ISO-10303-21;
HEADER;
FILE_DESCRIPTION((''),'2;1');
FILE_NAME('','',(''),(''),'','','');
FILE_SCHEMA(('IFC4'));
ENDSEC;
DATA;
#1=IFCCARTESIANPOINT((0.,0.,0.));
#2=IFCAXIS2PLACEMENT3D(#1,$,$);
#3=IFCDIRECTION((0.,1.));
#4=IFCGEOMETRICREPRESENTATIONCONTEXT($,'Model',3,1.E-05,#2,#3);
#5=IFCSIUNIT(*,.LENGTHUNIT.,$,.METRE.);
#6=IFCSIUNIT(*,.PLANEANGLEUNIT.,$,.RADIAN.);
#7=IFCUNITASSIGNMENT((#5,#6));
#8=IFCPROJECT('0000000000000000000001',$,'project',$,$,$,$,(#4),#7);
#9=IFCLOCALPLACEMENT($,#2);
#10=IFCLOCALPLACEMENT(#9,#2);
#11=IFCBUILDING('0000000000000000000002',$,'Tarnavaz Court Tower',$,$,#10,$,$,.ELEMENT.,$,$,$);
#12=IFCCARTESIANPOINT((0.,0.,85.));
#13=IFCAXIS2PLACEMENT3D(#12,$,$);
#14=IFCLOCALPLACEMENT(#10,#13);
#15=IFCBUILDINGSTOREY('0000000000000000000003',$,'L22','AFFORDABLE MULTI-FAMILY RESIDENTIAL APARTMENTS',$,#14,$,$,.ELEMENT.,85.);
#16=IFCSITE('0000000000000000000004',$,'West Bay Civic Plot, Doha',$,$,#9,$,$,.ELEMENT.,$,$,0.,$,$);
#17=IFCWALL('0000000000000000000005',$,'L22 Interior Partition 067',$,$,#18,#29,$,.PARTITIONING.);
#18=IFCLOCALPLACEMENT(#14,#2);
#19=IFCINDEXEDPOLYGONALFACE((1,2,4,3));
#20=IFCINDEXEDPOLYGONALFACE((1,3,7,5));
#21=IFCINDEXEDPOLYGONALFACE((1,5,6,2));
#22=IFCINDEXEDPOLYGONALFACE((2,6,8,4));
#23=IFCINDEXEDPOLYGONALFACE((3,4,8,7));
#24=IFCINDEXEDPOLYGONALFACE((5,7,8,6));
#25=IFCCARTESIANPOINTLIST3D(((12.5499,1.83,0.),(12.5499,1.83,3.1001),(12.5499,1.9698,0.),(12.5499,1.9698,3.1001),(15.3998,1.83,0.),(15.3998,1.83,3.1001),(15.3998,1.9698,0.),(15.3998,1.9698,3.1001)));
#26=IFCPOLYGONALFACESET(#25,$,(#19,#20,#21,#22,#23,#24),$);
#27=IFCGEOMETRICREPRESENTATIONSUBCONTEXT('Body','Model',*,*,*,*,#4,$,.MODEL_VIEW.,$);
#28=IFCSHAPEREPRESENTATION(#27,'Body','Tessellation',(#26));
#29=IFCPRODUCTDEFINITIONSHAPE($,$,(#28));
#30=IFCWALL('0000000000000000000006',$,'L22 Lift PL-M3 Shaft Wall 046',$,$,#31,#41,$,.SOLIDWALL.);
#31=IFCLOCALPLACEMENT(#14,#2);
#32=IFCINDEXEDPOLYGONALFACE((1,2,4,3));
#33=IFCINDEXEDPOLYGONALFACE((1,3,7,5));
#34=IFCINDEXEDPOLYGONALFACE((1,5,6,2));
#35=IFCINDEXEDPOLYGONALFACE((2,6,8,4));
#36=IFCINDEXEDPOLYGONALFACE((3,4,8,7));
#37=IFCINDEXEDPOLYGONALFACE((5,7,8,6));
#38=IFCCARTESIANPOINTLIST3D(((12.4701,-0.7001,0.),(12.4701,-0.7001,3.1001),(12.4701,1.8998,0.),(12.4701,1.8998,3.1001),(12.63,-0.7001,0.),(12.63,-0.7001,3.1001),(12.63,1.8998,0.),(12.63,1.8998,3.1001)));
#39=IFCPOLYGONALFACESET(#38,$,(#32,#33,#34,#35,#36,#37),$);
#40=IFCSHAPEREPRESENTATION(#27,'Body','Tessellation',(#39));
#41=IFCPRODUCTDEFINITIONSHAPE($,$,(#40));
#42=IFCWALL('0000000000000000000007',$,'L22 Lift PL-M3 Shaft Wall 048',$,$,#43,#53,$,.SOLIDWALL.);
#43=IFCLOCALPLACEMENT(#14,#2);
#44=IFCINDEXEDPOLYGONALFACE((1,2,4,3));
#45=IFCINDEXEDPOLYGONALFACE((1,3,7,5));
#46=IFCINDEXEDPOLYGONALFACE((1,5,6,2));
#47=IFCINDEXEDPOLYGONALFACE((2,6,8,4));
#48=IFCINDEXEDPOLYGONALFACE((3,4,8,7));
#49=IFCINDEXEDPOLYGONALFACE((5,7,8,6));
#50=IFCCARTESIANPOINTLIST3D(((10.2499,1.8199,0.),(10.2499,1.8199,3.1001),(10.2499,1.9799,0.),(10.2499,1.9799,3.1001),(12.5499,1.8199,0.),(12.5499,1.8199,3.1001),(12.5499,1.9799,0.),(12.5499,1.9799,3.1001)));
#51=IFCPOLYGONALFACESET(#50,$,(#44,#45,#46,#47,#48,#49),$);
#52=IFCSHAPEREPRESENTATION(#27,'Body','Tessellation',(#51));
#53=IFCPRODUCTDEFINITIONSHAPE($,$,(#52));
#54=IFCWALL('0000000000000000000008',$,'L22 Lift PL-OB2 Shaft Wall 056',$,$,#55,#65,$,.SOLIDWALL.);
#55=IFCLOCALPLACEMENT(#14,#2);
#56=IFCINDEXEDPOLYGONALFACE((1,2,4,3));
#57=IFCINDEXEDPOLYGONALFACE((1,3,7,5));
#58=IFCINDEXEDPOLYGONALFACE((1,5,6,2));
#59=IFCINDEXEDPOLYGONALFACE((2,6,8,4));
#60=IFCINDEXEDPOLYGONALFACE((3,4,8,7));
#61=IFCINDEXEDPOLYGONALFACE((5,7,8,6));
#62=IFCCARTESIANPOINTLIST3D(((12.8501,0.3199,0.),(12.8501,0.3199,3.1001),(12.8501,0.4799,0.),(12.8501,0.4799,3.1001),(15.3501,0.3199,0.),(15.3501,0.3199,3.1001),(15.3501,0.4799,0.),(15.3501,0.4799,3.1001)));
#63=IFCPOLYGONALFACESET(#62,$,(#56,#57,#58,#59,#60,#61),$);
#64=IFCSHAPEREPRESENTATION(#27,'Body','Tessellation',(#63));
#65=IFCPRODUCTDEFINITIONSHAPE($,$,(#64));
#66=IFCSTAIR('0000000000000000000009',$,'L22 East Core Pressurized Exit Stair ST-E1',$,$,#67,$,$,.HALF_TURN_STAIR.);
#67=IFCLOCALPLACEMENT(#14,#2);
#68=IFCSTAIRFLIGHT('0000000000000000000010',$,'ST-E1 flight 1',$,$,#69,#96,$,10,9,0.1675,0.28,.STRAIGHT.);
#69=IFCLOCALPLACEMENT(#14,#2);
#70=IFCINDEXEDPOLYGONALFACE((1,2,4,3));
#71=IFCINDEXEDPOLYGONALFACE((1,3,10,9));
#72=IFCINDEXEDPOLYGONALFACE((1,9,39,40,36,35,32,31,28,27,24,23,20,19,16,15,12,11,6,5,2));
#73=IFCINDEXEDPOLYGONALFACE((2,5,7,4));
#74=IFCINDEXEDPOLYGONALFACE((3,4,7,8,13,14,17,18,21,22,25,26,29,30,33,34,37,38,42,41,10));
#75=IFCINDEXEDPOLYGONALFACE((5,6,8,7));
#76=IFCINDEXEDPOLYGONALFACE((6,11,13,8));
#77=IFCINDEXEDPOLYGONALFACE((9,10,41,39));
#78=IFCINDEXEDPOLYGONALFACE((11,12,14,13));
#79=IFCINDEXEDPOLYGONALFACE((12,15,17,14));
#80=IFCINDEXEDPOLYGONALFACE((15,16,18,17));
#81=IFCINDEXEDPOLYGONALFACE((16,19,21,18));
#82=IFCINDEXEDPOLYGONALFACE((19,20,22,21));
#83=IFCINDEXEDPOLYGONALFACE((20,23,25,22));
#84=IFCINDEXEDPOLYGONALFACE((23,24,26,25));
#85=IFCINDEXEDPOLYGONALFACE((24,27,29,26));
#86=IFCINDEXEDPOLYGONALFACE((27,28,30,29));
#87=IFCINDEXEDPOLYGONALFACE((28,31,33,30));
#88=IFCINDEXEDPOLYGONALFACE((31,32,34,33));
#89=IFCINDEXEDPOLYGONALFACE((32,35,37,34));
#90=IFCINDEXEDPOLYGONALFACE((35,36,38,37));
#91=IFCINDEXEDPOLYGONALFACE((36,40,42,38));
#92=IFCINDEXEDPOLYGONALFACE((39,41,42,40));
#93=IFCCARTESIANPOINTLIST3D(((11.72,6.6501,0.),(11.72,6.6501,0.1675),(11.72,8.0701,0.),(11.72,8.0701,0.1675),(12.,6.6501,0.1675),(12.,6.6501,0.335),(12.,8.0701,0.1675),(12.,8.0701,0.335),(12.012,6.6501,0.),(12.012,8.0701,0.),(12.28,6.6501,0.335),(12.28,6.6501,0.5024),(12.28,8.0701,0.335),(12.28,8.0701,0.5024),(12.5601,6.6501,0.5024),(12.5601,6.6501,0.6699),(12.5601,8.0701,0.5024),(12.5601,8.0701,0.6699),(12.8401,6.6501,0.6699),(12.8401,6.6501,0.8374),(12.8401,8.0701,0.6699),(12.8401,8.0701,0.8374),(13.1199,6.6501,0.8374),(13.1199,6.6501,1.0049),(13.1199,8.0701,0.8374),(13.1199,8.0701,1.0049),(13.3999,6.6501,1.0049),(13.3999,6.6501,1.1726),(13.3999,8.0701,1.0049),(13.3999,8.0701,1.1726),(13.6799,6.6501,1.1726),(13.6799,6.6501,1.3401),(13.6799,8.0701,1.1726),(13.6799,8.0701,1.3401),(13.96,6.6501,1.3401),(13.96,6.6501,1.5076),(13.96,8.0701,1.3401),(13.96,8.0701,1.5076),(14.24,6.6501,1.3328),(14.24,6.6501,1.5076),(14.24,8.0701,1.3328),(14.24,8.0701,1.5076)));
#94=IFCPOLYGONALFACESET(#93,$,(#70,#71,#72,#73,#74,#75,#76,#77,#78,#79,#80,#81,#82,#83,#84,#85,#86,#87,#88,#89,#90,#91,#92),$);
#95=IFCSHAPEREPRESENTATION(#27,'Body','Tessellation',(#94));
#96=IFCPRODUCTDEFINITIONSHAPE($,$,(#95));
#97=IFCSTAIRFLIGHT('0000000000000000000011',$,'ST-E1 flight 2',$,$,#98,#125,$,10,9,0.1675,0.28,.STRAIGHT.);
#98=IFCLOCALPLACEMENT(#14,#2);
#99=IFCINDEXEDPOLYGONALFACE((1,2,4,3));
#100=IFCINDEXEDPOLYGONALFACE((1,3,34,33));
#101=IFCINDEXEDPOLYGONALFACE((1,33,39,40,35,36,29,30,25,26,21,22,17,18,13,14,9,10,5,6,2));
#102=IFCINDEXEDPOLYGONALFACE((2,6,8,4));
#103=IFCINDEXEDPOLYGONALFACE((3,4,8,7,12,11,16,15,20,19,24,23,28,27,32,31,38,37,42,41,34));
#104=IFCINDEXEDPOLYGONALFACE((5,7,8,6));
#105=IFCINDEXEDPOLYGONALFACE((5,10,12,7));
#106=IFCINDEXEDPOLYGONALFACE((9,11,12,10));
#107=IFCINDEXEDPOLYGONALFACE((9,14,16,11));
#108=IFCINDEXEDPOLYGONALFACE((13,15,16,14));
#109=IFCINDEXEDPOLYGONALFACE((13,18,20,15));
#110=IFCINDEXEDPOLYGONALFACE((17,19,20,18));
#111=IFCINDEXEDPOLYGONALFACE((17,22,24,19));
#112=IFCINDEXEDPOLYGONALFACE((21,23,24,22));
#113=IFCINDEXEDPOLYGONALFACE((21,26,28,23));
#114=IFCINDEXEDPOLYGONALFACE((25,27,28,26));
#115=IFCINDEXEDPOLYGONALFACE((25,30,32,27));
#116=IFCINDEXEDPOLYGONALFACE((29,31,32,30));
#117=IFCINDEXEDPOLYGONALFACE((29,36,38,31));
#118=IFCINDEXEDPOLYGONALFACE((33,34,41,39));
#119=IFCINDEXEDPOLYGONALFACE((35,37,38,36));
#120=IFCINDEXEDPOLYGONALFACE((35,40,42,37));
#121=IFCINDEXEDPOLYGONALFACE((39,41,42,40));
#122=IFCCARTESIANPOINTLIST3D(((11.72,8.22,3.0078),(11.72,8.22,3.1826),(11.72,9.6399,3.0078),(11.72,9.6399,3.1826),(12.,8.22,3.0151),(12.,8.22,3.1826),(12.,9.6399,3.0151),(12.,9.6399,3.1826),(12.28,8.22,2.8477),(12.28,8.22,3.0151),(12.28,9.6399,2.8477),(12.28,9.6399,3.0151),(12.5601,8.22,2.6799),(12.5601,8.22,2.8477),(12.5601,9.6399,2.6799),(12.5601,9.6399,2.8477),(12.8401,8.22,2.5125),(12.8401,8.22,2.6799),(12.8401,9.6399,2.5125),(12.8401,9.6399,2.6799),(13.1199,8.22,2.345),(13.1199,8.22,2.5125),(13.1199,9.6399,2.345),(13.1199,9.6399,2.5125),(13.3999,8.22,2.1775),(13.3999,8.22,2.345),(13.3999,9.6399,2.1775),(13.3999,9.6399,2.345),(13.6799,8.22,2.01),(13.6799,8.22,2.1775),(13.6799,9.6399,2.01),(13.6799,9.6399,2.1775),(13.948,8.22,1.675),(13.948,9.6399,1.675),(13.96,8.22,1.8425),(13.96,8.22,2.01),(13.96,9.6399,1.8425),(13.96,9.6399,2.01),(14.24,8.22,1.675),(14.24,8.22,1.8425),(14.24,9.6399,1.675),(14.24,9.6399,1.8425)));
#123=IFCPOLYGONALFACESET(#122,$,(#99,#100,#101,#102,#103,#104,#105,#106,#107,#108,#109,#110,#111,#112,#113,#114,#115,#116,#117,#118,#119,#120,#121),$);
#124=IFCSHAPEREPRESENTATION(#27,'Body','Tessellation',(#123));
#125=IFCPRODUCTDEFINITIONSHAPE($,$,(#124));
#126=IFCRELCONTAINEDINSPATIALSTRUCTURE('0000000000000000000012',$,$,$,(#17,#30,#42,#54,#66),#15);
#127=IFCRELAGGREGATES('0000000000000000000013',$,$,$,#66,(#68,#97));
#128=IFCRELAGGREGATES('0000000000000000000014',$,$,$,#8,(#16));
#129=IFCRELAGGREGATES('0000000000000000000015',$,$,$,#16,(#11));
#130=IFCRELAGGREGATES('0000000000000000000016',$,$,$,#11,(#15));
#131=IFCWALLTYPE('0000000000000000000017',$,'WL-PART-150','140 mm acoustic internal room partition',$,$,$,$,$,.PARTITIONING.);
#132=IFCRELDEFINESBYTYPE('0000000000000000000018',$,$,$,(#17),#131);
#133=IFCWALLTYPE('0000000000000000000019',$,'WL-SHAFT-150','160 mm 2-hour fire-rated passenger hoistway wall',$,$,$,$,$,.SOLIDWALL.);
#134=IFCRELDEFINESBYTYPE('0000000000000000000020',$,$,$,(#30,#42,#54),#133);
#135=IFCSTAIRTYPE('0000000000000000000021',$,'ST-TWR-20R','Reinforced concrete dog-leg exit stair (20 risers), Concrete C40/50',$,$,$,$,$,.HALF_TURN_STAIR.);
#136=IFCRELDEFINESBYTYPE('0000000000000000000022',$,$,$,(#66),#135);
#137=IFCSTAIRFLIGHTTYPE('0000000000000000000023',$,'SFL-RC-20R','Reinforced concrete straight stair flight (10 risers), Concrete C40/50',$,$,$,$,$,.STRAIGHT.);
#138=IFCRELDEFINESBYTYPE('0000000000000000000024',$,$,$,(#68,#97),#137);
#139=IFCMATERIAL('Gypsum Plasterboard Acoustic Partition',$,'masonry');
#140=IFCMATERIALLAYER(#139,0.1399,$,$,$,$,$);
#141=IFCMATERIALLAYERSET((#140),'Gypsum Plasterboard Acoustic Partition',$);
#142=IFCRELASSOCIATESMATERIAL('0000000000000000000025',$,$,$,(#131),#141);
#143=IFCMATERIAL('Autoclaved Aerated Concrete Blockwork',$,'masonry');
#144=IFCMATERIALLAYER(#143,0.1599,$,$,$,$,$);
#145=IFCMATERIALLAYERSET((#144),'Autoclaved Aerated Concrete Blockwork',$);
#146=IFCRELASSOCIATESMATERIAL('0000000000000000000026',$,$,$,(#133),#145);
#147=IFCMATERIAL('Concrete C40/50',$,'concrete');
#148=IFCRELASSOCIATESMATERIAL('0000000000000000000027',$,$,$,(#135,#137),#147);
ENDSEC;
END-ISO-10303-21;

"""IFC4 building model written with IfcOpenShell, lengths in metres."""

from ifc_helpers import new_model, si_unit, direction, frame, frame_2d, origin, place, context, subcontext, project, spatial, polyline, rectangle, outline, extrude, material, layer, layer_set, type_object, element, aggregate, save


model = new_model("IFC4")

# Units and contexts
model_context = context("Model", 3, precision=1e-05, world=origin(), true_north=direction((0.0, 1.0)))
body_context = subcontext(model_context, "Body", "Model", "MODEL_VIEW")
ifc_project = project(units=[si_unit("LENGTHUNIT", "METRE"), si_unit("PLANEANGLEUNIT", "RADIAN")], contexts=[model_context])

# Site, building, storey
site_placement = place(None, origin())
site = spatial("IfcSite", under=ifc_project, at=site_placement, Name="West Bay Civic Plot, Doha", CompositionType="ELEMENT", RefElevation=0.0)
building_placement = place(site_placement, origin())
building = spatial("IfcBuilding", under=site, at=building_placement, Name="Tarnavaz Court Tower", CompositionType="ELEMENT")
storey_placement = place(building_placement, frame((0.0, 0.0, 85.0)))
storey = spatial("IfcBuildingStorey", under=building, at=storey_placement, Name="L22", Description="AFFORDABLE MULTI-FAMILY RESIDENTIAL APARTMENTS", CompositionType="ELEMENT", Elevation=85.0)

# Walls
ifc_material_1 = material(Name="Gypsum Plasterboard Acoustic Partition", Category="masonry")
ifc_layer_1 = layer(ifc_material_1, 0.1399)
ifc_layer_set_1 = layer_set([ifc_layer_1], Name="Gypsum Plasterboard Acoustic Partition")
wall_type_1 = type_object("IfcWallType", Name="WL-PART-150", Description="140 mm acoustic internal room partition", PredefinedType="PARTITIONING", material=ifc_layer_set_1)
wall_1_placement = place(storey_placement, frame((12.55, 1.8999, 0.0), z_axis=(0.0, 0.0, 1.0), x_axis=(1.0, 0.0, 0.0)))
element("IfcWall", 1, at=wall_1_placement, inside=storey, type_object=wall_type_1, Name="L22 Interior Partition 067", PredefinedType="PARTITIONING", context=body_context, shape_type="SweptSolid", body=[
    extrude(rectangle(XDim=2.8499, YDim=0.1399, at=frame_2d((1.4248, 0.0))), origin(), (0.0, 0.0, 1.0), 3.1001),
])
ifc_material_2 = material(Name="Autoclaved Aerated Concrete Blockwork", Category="masonry")
ifc_layer_2 = layer(ifc_material_2, 0.1599)
ifc_layer_set_2 = layer_set([ifc_layer_2], Name="Autoclaved Aerated Concrete Blockwork")
wall_type_2 = type_object("IfcWallType", Name="WL-SHAFT-150", Description="160 mm 2-hour fire-rated passenger hoistway wall", PredefinedType="SOLIDWALL", material=ifc_layer_set_2)
wall_2_placement = place(storey_placement, frame((12.55, -0.7, 0.0), z_axis=(0.0, 0.0, 1.0), x_axis=(0.0, 1.0, 0.0)))
element("IfcWall", 2, at=wall_2_placement, inside=storey, type_object=wall_type_2, Name="L22 Lift PL-M3 Shaft Wall 046", PredefinedType="SOLIDWALL", context=body_context, shape_type="SweptSolid", body=[
    extrude(rectangle(XDim=2.5999, YDim=0.1599, at=frame_2d((1.2998, 0.0))), origin(), (0.0, 0.0, 1.0), 3.1001),
])
wall_3_placement = place(storey_placement, frame((10.25, 1.8999, 0.0), z_axis=(0.0, 0.0, 1.0), x_axis=(1.0, 0.0, 0.0)))
element("IfcWall", 3, at=wall_3_placement, inside=storey, type_object=wall_type_2, Name="L22 Lift PL-M3 Shaft Wall 048", PredefinedType="SOLIDWALL", context=body_context, shape_type="SweptSolid", body=[
    extrude(rectangle(XDim=2.3, YDim=0.1599, at=frame_2d((1.1499, 0.0))), origin(), (0.0, 0.0, 1.0), 3.1001),
])
wall_4_placement = place(storey_placement, frame((12.8501, 0.3999, 0.0), z_axis=(0.0, 0.0, 1.0), x_axis=(1.0, 0.0, 0.0)))
element("IfcWall", 4, at=wall_4_placement, inside=storey, type_object=wall_type_2, Name="L22 Lift PL-OB2 Shaft Wall 056", PredefinedType="SOLIDWALL", context=body_context, shape_type="SweptSolid", body=[
    extrude(rectangle(XDim=2.5, YDim=0.1599, at=frame_2d((1.25, 0.0))), origin(), (0.0, 0.0, 1.0), 3.1001),
])

# Stair, stair flights
ifc_material_3 = material(Name="Concrete C40/50", Category="concrete")
stair_type = type_object("IfcStairType", Name="ST-TWR-20R", Description="Reinforced concrete dog-leg exit stair (20 risers), Concrete C40/50", PredefinedType="HALF_TURN_STAIR", material=ifc_material_3)
stair_placement = place(storey_placement, origin())
stair = element("IfcStair", 5, at=stair_placement, inside=storey, type_object=stair_type, Name="L22 East Core Pressurized Exit Stair ST-E1", PredefinedType="HALF_TURN_STAIR")
stair_flight_type = type_object("IfcStairFlightType", Name="SFL-RC-20R", Description="Reinforced concrete straight stair flight (10 risers), Concrete C40/50", PredefinedType="STRAIGHT", material=ifc_material_3)
stair_flight_1_placement = place(storey_placement, frame((11.72, 7.3601, 0.0), z_axis=(0.0, 0.0, 1.0), x_axis=(1.0, 0.0, 0.0)))
stair_flight_1 = element("IfcStairFlight", 6, at=stair_flight_1_placement, type_object=stair_flight_type, Name="ST-E1 flight 1", NumberOfRisers=10, NumberOfTreads=9, PredefinedType="STRAIGHT", RiserHeight=0.1675, TreadLength=0.28, context=body_context, shape_type="SweptSolid", body=[
    extrude(outline(polyline([(0.0, 0.0), (0.0, 0.1675), (0.28, 0.1675), (0.28, 0.335), (0.5601, 0.335), (0.5601, 0.5024), (0.8401, 0.5024), (0.8401, 0.6699), (1.1201, 0.6699), (1.1201, 0.8374), (1.3999, 0.8374), (1.3999, 1.0049), (1.6799, 1.0049), (1.6799, 1.1726), (1.96, 1.1726), (1.96, 1.3401), (2.24, 1.3401), (2.24, 1.5076), (2.52, 1.5076), (2.52, 1.675), (2.52, 1.3328), (0.292, 0.0), (0.0, 0.0)])), frame((0.0, 0.71, 0.0), z_axis=(0.0, -1.0, 0.0), x_axis=(1.0, 0.0, 0.0)), (0.0, 0.0, 1.0), 1.4199),
])
stair_flight_2_placement = place(storey_placement, frame((14.24, 8.9299, 1.675), z_axis=(0.0, 0.0, 1.0), x_axis=(-1.0, 0.0, 0.0)))
stair_flight_2 = element("IfcStairFlight", 7, at=stair_flight_2_placement, type_object=stair_flight_type, Name="ST-E1 flight 2", NumberOfRisers=10, NumberOfTreads=9, PredefinedType="STRAIGHT", RiserHeight=0.1675, TreadLength=0.28, context=body_context, shape_type="SweptSolid", body=[
    extrude(outline(polyline([(0.0, 0.0), (0.0, 0.1675), (0.28, 0.1675), (0.28, 0.335), (0.5601, 0.335), (0.5601, 0.5024), (0.8401, 0.5024), (0.8401, 0.6699), (1.1201, 0.6699), (1.1201, 0.8374), (1.3999, 0.8374), (1.3999, 1.0049), (1.6799, 1.0049), (1.6799, 1.1726), (1.96, 1.1726), (1.96, 1.3401), (2.24, 1.3401), (2.24, 1.5076), (2.52, 1.5076), (2.52, 1.675), (2.52, 1.3328), (0.292, 0.0), (0.0, 0.0)])), frame((0.0, 0.71, 0.0), z_axis=(0.0, -1.0, 0.0), x_axis=(1.0, 0.0, 0.0)), (0.0, 0.0, 1.0), 1.4199),
])
aggregate(stair, [stair_flight_1, stair_flight_2])

save(model, "model.ifc")
